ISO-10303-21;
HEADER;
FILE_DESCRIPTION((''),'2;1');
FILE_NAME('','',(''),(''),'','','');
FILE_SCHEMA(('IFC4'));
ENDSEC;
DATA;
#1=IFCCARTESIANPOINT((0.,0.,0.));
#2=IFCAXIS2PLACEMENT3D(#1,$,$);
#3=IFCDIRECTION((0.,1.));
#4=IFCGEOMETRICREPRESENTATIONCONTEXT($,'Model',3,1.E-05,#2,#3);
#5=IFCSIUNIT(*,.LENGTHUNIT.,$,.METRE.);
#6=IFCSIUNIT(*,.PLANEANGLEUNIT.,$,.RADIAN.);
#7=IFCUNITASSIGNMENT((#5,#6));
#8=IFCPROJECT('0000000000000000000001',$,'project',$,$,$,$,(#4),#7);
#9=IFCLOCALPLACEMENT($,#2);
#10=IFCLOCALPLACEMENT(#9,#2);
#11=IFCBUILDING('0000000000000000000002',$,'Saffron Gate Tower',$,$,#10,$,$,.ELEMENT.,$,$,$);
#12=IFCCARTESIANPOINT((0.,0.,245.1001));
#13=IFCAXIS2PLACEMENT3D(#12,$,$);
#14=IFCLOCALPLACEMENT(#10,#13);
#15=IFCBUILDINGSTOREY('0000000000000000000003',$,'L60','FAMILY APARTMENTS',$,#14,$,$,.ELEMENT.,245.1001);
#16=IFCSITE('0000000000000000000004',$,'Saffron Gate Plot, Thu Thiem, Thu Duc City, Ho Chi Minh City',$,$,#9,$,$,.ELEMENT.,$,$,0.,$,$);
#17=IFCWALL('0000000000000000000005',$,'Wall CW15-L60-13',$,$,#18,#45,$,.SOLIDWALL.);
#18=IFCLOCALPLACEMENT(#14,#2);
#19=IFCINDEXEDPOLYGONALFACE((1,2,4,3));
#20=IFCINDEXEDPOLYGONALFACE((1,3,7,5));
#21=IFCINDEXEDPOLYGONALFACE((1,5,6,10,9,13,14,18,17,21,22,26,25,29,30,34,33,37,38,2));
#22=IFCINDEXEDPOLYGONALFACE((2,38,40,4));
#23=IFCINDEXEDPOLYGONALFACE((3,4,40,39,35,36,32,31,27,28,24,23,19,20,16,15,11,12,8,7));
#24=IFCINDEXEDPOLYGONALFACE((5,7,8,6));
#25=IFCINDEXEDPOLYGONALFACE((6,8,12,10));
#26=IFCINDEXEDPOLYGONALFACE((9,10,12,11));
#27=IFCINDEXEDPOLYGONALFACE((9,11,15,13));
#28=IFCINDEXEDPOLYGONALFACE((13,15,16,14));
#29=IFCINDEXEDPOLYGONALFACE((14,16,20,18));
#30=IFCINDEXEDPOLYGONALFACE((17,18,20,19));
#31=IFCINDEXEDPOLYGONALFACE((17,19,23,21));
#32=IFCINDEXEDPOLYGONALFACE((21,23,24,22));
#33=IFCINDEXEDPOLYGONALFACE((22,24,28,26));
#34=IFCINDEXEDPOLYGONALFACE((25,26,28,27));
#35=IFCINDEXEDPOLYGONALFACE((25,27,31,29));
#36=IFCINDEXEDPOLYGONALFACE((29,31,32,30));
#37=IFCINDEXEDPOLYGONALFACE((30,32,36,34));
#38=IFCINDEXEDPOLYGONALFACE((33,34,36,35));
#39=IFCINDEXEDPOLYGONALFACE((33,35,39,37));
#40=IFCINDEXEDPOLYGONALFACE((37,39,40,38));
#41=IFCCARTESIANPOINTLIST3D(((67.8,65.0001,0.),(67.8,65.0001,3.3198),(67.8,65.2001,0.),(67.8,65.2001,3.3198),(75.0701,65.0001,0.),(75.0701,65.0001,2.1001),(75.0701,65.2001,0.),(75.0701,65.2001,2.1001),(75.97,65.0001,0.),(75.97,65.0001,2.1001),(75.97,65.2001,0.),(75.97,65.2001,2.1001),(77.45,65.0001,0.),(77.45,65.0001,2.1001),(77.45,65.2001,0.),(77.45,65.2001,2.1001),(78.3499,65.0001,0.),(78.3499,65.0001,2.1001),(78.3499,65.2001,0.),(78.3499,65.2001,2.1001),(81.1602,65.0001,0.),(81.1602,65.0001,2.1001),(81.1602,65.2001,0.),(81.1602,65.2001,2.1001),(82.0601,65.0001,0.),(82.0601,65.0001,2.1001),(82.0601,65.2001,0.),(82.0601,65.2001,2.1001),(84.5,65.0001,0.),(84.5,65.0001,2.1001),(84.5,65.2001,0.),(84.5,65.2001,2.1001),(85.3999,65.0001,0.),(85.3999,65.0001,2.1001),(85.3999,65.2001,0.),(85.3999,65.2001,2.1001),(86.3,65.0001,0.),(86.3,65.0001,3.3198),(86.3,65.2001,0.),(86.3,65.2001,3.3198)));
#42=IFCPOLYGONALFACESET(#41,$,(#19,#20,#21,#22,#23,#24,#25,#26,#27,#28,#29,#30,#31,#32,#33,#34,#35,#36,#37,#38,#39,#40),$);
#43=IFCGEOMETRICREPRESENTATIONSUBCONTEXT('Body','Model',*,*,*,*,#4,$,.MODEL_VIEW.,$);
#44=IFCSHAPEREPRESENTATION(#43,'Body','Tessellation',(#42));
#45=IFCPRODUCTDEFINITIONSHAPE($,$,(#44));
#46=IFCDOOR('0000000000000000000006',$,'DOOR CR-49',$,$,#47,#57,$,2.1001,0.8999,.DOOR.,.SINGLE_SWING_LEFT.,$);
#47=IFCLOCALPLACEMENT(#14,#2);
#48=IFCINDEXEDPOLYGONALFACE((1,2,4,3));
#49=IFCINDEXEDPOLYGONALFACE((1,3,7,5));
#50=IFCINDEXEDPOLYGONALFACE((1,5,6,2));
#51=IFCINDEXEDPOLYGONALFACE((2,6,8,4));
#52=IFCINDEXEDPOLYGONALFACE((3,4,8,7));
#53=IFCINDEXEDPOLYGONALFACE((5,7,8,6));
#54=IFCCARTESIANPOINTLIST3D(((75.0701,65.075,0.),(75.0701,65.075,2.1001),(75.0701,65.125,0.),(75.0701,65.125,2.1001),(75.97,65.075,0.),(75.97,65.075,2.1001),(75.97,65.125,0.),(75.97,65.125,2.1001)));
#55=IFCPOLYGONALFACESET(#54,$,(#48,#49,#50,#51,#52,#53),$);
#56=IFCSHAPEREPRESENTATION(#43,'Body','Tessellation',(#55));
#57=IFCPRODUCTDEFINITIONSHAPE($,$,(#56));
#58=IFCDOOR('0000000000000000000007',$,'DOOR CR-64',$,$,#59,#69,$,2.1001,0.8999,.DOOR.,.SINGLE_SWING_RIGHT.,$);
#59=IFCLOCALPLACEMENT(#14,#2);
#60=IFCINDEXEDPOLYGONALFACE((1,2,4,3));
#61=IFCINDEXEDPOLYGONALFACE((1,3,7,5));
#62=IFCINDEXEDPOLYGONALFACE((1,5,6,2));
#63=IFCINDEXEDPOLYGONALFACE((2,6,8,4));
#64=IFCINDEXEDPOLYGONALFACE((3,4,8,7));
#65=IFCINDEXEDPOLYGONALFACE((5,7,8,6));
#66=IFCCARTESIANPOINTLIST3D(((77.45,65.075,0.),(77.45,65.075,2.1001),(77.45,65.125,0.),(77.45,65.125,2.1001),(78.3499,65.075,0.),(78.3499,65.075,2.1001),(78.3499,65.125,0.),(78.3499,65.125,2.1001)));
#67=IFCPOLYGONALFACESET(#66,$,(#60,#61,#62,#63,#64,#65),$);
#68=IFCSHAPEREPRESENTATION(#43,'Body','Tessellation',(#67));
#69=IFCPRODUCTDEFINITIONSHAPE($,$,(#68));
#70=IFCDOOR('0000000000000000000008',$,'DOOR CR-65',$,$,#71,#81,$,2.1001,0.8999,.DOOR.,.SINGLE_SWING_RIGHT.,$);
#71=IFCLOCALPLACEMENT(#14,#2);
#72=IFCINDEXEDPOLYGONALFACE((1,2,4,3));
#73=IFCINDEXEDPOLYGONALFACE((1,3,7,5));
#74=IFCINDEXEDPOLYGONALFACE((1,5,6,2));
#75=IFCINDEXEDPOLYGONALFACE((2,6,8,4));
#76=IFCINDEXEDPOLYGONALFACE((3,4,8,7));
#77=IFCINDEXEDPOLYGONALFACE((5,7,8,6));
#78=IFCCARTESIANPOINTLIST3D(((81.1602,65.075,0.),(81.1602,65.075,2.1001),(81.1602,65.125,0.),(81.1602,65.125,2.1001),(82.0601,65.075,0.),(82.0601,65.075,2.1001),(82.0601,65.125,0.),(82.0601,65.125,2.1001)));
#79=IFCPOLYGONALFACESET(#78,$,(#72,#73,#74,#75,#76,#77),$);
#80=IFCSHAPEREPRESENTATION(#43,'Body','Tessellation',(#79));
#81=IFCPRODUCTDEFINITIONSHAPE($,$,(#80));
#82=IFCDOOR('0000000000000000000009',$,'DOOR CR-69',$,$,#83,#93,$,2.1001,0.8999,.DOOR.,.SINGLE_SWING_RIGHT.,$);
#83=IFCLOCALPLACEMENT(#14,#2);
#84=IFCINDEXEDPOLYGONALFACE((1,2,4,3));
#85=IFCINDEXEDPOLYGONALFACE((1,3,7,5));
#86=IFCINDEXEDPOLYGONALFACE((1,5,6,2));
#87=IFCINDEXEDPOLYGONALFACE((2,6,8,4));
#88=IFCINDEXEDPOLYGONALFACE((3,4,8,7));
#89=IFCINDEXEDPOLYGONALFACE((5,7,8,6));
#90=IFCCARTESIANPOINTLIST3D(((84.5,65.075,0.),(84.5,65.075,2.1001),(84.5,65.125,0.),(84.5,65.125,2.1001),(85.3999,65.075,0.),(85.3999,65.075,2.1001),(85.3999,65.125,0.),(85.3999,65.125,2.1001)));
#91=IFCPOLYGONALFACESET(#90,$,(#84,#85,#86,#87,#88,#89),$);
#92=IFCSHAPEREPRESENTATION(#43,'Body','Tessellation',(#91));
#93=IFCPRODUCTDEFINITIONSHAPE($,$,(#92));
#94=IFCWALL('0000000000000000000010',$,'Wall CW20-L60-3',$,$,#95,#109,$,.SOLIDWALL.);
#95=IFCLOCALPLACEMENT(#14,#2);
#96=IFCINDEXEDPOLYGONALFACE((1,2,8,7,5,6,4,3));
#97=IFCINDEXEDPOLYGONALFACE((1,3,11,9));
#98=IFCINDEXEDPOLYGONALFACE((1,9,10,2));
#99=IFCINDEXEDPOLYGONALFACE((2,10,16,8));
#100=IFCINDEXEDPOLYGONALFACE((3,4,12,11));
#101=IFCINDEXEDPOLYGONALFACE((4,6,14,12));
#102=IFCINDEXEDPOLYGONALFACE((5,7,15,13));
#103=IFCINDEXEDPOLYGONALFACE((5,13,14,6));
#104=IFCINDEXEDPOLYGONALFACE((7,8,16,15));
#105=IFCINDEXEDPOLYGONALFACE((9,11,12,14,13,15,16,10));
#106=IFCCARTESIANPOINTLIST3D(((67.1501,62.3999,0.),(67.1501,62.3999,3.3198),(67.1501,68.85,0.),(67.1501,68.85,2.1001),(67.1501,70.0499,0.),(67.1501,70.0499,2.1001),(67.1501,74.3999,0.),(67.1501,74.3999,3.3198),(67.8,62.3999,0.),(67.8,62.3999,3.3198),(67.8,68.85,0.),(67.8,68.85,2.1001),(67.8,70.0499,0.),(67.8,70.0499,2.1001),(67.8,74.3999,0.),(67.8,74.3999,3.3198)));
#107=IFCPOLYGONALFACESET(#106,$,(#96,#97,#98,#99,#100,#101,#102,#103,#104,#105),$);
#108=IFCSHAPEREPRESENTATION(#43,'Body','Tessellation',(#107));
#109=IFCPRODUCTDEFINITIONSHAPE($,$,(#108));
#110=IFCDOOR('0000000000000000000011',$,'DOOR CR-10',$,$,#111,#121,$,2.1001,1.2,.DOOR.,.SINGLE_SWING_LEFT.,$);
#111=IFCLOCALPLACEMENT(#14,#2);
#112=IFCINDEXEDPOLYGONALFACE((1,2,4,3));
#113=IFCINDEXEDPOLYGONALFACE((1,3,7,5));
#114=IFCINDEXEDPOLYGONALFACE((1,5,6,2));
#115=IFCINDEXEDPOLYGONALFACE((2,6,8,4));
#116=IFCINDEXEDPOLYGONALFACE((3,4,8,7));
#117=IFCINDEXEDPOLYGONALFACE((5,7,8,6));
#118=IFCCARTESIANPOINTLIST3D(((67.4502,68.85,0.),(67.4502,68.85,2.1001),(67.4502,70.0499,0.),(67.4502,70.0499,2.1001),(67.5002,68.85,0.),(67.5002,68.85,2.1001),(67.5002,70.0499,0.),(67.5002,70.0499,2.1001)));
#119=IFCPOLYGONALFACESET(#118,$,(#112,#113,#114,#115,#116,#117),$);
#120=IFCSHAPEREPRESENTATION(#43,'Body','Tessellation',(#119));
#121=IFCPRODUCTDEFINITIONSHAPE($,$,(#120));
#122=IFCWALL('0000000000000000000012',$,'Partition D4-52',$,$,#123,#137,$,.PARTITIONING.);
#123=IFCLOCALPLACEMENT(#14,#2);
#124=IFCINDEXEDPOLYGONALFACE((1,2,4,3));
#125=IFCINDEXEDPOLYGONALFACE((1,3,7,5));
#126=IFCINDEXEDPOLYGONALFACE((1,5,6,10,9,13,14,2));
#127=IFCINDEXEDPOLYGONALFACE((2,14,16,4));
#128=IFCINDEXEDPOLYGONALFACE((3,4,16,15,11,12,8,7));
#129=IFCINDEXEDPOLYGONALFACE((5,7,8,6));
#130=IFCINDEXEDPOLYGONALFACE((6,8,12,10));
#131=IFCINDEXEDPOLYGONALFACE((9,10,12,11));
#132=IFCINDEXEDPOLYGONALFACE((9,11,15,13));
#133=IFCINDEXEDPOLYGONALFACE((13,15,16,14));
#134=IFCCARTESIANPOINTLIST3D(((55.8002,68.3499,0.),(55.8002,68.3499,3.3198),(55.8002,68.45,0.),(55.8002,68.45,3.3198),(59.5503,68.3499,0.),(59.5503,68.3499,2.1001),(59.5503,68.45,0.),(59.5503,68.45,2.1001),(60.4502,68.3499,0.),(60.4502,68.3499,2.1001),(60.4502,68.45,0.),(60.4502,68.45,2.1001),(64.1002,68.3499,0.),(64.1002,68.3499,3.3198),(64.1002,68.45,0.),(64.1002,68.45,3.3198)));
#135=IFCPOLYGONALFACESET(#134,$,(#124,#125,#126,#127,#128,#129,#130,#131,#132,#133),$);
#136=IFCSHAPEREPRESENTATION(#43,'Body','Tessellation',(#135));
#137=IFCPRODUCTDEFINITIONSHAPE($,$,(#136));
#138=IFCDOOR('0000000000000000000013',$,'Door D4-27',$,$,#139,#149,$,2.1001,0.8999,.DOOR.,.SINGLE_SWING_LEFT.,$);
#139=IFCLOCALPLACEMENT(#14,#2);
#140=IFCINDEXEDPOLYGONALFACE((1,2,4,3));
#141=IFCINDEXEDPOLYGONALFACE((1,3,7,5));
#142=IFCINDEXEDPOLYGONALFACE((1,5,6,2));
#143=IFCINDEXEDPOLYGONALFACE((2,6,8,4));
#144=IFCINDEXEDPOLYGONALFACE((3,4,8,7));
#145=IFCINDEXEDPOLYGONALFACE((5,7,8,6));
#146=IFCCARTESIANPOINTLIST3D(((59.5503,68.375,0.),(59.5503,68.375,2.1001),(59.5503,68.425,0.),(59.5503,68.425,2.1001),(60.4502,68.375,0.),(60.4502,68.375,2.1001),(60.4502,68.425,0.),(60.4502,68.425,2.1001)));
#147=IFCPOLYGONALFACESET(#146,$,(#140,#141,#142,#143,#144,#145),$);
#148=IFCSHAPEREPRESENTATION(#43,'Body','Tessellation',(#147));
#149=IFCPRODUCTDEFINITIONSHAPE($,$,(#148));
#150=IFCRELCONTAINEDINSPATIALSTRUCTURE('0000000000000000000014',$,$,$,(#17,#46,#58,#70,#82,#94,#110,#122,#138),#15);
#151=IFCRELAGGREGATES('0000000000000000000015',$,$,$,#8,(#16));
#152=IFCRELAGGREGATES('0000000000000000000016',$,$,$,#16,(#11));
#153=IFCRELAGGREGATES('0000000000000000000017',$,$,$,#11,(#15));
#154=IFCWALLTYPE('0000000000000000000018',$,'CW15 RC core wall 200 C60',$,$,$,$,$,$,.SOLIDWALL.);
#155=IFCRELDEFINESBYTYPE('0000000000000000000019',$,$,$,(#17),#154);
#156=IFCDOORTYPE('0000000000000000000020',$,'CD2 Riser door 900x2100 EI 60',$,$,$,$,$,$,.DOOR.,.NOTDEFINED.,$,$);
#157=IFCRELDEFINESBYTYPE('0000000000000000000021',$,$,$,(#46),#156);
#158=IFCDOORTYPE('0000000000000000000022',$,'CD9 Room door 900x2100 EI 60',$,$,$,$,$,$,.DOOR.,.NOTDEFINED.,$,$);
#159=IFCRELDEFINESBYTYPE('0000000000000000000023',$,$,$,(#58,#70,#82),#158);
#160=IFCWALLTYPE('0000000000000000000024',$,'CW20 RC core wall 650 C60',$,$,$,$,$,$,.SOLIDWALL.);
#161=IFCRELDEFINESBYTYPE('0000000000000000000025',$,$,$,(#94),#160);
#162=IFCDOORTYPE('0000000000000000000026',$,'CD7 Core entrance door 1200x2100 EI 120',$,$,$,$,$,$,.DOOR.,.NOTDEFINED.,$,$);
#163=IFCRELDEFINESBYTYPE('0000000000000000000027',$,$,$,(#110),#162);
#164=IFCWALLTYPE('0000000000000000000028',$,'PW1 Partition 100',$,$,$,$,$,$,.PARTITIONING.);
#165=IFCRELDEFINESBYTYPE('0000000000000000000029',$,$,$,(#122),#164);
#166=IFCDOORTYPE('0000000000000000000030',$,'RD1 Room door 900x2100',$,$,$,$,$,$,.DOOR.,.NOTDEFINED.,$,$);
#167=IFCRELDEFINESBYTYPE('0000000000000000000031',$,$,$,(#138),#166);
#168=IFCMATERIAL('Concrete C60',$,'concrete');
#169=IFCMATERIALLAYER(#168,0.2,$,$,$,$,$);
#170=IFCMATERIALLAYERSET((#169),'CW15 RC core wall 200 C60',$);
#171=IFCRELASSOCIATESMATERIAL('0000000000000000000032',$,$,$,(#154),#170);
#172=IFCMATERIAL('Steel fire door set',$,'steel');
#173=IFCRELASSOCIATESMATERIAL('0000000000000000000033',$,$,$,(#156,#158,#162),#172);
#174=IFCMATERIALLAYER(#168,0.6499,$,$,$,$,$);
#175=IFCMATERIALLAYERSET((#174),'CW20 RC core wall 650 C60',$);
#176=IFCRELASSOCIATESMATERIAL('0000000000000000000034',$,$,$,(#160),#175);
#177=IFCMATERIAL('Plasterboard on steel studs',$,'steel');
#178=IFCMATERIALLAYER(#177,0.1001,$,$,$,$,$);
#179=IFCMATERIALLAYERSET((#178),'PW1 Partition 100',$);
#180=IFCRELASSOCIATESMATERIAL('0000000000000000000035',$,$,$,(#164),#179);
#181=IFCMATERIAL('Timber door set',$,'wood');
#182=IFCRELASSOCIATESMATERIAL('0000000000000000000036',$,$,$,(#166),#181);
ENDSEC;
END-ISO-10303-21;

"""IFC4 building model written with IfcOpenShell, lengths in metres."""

from ifc_helpers import new_model, si_unit, direction, frame, frame_2d, origin, place, context, subcontext, project, spatial, rectangle, extrude, material, layer, layer_set, type_object, element, fill, save


model = new_model("IFC4")

# Units and contexts
model_context = context("Model", 3, precision=1e-05, world=origin(), true_north=direction((0.0, 1.0)))
body_context = subcontext(model_context, "Body", "Model", "MODEL_VIEW")
ifc_project = project(units=[si_unit("LENGTHUNIT", "METRE"), si_unit("PLANEANGLEUNIT", "RADIAN")], contexts=[model_context])

# Site, building, storey
site_placement = place(None, origin())
site = spatial("IfcSite", under=ifc_project, at=site_placement, Name="Saffron Gate Plot, Thu Thiem, Thu Duc City, Ho Chi Minh City", CompositionType="ELEMENT", RefElevation=0.0)
building_placement = place(site_placement, origin())
building = spatial("IfcBuilding", under=site, at=building_placement, Name="Saffron Gate Tower", CompositionType="ELEMENT")
storey_placement = place(building_placement, frame((0.0, 0.0, 245.1001)))
storey = spatial("IfcBuildingStorey", under=building, at=storey_placement, Name="L60", Description="FAMILY APARTMENTS", CompositionType="ELEMENT", Elevation=245.1001)

# Wall, openings, doors
ifc_material_1 = material(Name="Concrete C60", Category="concrete")
ifc_material_2 = material(Name="Steel fire door set", Category="steel")
ifc_layer_1 = layer(ifc_material_1, 0.2)
ifc_layer_set_1 = layer_set([ifc_layer_1], Name="CW15 RC core wall 200 C60")
wall_type_1 = type_object("IfcWallType", Name="CW15 RC core wall 200 C60", PredefinedType="SOLIDWALL", material=ifc_layer_set_1)
wall_1_placement = place(storey_placement, frame((67.8, 65.1001, 0.0), z_axis=(0.0, 0.0, 1.0), x_axis=(1.0, 0.0, 0.0)))
wall_1 = element("IfcWall", 1, at=wall_1_placement, inside=storey, type_object=wall_type_1, Name="Wall CW15-L60-13", PredefinedType="SOLIDWALL", context=body_context, shape_type="SweptSolid", body=[
    extrude(rectangle(XDim=18.5, YDim=0.2, at=frame_2d((9.25, 0.0))), origin(), (0.0, 0.0, 1.0), 3.3198),
])
opening_1_placement = place(wall_1_placement, frame((7.27, 0.0, 0.0)))
opening_1 = element("IfcOpeningElement", 2, at=opening_1_placement, cuts=wall_1, PredefinedType="OPENING", context=body_context, shape_type="SweptSolid", body=[
    extrude(rectangle(XDim=0.8999, YDim=2.1001, at=frame_2d((0.45, 1.05))), frame((0.0, 0.1099, 0.0), z_axis=(0.0, -1.0, 0.0), x_axis=(1.0, 0.0, 0.0)), (0.0, 0.0, 1.0), 0.22),
])
opening_2_placement = place(wall_1_placement, frame((9.6499, 0.0, 0.0)))
opening_2 = element("IfcOpeningElement", 3, at=opening_2_placement, cuts=wall_1, PredefinedType="OPENING", context=body_context, shape_type="SweptSolid", body=[
    extrude(rectangle(XDim=0.8999, YDim=2.1001, at=frame_2d((0.45, 1.05))), frame((0.0, 0.1099, 0.0), z_axis=(0.0, -1.0, 0.0), x_axis=(1.0, 0.0, 0.0)), (0.0, 0.0, 1.0), 0.22),
])
opening_3_placement = place(wall_1_placement, frame((13.3601, 0.0, 0.0)))
opening_3 = element("IfcOpeningElement", 4, at=opening_3_placement, cuts=wall_1, PredefinedType="OPENING", context=body_context, shape_type="SweptSolid", body=[
    extrude(rectangle(XDim=0.8999, YDim=2.1001, at=frame_2d((0.45, 1.05))), frame((0.0, 0.1099, 0.0), z_axis=(0.0, -1.0, 0.0), x_axis=(1.0, 0.0, 0.0)), (0.0, 0.0, 1.0), 0.22),
])
opening_4_placement = place(wall_1_placement, frame((16.7, 0.0, 0.0)))
opening_4 = element("IfcOpeningElement", 5, at=opening_4_placement, cuts=wall_1, PredefinedType="OPENING", context=body_context, shape_type="SweptSolid", body=[
    extrude(rectangle(XDim=0.8999, YDim=2.1001, at=frame_2d((0.45, 1.05))), frame((0.0, 0.1099, 0.0), z_axis=(0.0, -1.0, 0.0), x_axis=(1.0, 0.0, 0.0)), (0.0, 0.0, 1.0), 0.22),
])
door_type_1 = type_object("IfcDoorType", Name="CD2 Riser door 900x2100 EI 60", OperationType="NOTDEFINED", PredefinedType="DOOR", material=ifc_material_2)
door_1_placement = place(opening_1_placement, origin())
door_1 = element("IfcDoor", 6, at=door_1_placement, inside=storey, type_object=door_type_1, Name="DOOR CR-49", OperationType="SINGLE_SWING_LEFT", OverallHeight=2.1001, OverallWidth=0.8999, PredefinedType="DOOR", context=body_context, shape_type="SweptSolid", body=[
    extrude(rectangle(XDim=0.8999, YDim=2.1001, at=frame_2d((0.45, 1.05))), frame((0.0, 0.0249, 0.0), z_axis=(0.0, -1.0, 0.0), x_axis=(1.0, 0.0, 0.0)), (0.0, 0.0, 1.0), 0.05),
])
fill(opening_1, door_1)
door_type_2 = type_object("IfcDoorType", Name="CD9 Room door 900x2100 EI 60", OperationType="NOTDEFINED", PredefinedType="DOOR", material=ifc_material_2)
door_2_placement = place(opening_2_placement, origin())
door_2 = element("IfcDoor", 7, at=door_2_placement, inside=storey, type_object=door_type_2, Name="DOOR CR-64", OperationType="SINGLE_SWING_RIGHT", OverallHeight=2.1001, OverallWidth=0.8999, PredefinedType="DOOR", context=body_context, shape_type="SweptSolid", body=[
    extrude(rectangle(XDim=0.8999, YDim=2.1001, at=frame_2d((0.45, 1.05))), frame((0.0, 0.0249, 0.0), z_axis=(0.0, -1.0, 0.0), x_axis=(1.0, 0.0, 0.0)), (0.0, 0.0, 1.0), 0.05),
])
fill(opening_2, door_2)
door_3_placement = place(opening_3_placement, origin())
door_3 = element("IfcDoor", 8, at=door_3_placement, inside=storey, type_object=door_type_2, Name="DOOR CR-65", OperationType="SINGLE_SWING_RIGHT", OverallHeight=2.1001, OverallWidth=0.8999, PredefinedType="DOOR", context=body_context, shape_type="SweptSolid", body=[
    extrude(rectangle(XDim=0.8999, YDim=2.1001, at=frame_2d((0.45, 1.05))), frame((0.0, 0.0249, 0.0), z_axis=(0.0, -1.0, 0.0), x_axis=(1.0, 0.0, 0.0)), (0.0, 0.0, 1.0), 0.05),
])
fill(opening_3, door_3)
door_4_placement = place(opening_4_placement, origin())
door_4 = element("IfcDoor", 9, at=door_4_placement, inside=storey, type_object=door_type_2, Name="DOOR CR-69", OperationType="SINGLE_SWING_RIGHT", OverallHeight=2.1001, OverallWidth=0.8999, PredefinedType="DOOR", context=body_context, shape_type="SweptSolid", body=[
    extrude(rectangle(XDim=0.8999, YDim=2.1001, at=frame_2d((0.45, 1.05))), frame((0.0, 0.0249, 0.0), z_axis=(0.0, -1.0, 0.0), x_axis=(1.0, 0.0, 0.0)), (0.0, 0.0, 1.0), 0.05),
])
fill(opening_4, door_4)

# Walls, openings, doors
ifc_layer_2 = layer(ifc_material_1, 0.6499)
ifc_layer_set_2 = layer_set([ifc_layer_2], Name="CW20 RC core wall 650 C60")
wall_type_2 = type_object("IfcWallType", Name="CW20 RC core wall 650 C60", PredefinedType="SOLIDWALL", material=ifc_layer_set_2)
wall_2_placement = place(storey_placement, frame((67.4751, 62.3999, 0.0), z_axis=(0.0, 0.0, 1.0), x_axis=(0.0, 1.0, 0.0)))
wall_2 = element("IfcWall", 10, at=wall_2_placement, inside=storey, type_object=wall_type_2, Name="Wall CW20-L60-3", PredefinedType="SOLIDWALL", context=body_context, shape_type="SweptSolid", body=[
    extrude(rectangle(XDim=12.0, YDim=0.6499, at=frame_2d((6.0, 0.0))), origin(), (0.0, 0.0, 1.0), 3.3198),
])
opening_5_placement = place(wall_2_placement, frame((6.45, 0.0, 0.0)))
opening_5 = element("IfcOpeningElement", 11, at=opening_5_placement, cuts=wall_2, PredefinedType="OPENING", context=body_context, shape_type="SweptSolid", body=[
    extrude(rectangle(XDim=1.2, YDim=2.1001, at=frame_2d((0.6001, 1.05))), frame((0.0, 0.335, 0.0), z_axis=(0.0, -1.0, 0.0), x_axis=(1.0, 0.0, 0.0)), (0.0, 0.0, 1.0), 0.6699),
])
door_type_3 = type_object("IfcDoorType", Name="CD7 Core entrance door 1200x2100 EI 120", OperationType="NOTDEFINED", PredefinedType="DOOR", material=ifc_material_2)
door_5_placement = place(opening_5_placement, origin())
door_5 = element("IfcDoor", 12, at=door_5_placement, inside=storey, type_object=door_type_3, Name="DOOR CR-10", OperationType="SINGLE_SWING_LEFT", OverallHeight=2.1001, OverallWidth=1.2, PredefinedType="DOOR", context=body_context, shape_type="SweptSolid", body=[
    extrude(rectangle(XDim=1.2, YDim=2.1001, at=frame_2d((0.6001, 1.05))), frame((0.0, 0.0249, 0.0), z_axis=(0.0, -1.0, 0.0), x_axis=(1.0, 0.0, 0.0)), (0.0, 0.0, 1.0), 0.05),
])
fill(opening_5, door_5)
ifc_material_3 = material(Name="Plasterboard on steel studs", Category="steel")
ifc_layer_3 = layer(ifc_material_3, 0.1001)
ifc_layer_set_3 = layer_set([ifc_layer_3], Name="PW1 Partition 100")
wall_type_3 = type_object("IfcWallType", Name="PW1 Partition 100", PredefinedType="PARTITIONING", material=ifc_layer_set_3)
wall_3_placement = place(storey_placement, frame((64.1001, 68.3999, 0.0), z_axis=(0.0, 0.0, 1.0), x_axis=(-1.0, 0.0, 0.0)))
wall_3 = element("IfcWall", 13, at=wall_3_placement, inside=storey, type_object=wall_type_3, Name="Partition D4-52", PredefinedType="PARTITIONING", context=body_context, shape_type="SweptSolid", body=[
    extrude(rectangle(XDim=8.3, YDim=0.1001, at=frame_2d((4.1499, 0.0))), origin(), (0.0, 0.0, 1.0), 3.3198),
])
opening_6_placement = place(wall_3_placement, frame((3.6499, 0.0, 0.0)))
opening_6 = element("IfcOpeningElement", 14, at=opening_6_placement, cuts=wall_3, PredefinedType="OPENING", context=body_context, shape_type="SweptSolid", body=[
    extrude(rectangle(XDim=0.8999, YDim=2.1001, at=frame_2d((0.45, 1.05))), frame((0.0, 0.0601, 0.0), z_axis=(0.0, -1.0, 0.0), x_axis=(1.0, 0.0, 0.0)), (0.0, 0.0, 1.0), 0.1201),
])
ifc_material_4 = material(Name="Timber door set", Category="wood")
door_type_4 = type_object("IfcDoorType", Name="RD1 Room door 900x2100", OperationType="NOTDEFINED", PredefinedType="DOOR", material=ifc_material_4)
door_6_placement = place(opening_6_placement, origin())
door_6 = element("IfcDoor", 15, at=door_6_placement, inside=storey, type_object=door_type_4, Name="Door D4-27", OperationType="SINGLE_SWING_LEFT", OverallHeight=2.1001, OverallWidth=0.8999, PredefinedType="DOOR", context=body_context, shape_type="SweptSolid", body=[
    extrude(rectangle(XDim=0.8999, YDim=2.1001, at=frame_2d((0.45, 1.05))), frame((0.0, 0.0249, 0.0), z_axis=(0.0, -1.0, 0.0), x_axis=(1.0, 0.0, 0.0)), (0.0, 0.0, 1.0), 0.05),
])
fill(opening_6, door_6)

save(model, "model.ifc")
